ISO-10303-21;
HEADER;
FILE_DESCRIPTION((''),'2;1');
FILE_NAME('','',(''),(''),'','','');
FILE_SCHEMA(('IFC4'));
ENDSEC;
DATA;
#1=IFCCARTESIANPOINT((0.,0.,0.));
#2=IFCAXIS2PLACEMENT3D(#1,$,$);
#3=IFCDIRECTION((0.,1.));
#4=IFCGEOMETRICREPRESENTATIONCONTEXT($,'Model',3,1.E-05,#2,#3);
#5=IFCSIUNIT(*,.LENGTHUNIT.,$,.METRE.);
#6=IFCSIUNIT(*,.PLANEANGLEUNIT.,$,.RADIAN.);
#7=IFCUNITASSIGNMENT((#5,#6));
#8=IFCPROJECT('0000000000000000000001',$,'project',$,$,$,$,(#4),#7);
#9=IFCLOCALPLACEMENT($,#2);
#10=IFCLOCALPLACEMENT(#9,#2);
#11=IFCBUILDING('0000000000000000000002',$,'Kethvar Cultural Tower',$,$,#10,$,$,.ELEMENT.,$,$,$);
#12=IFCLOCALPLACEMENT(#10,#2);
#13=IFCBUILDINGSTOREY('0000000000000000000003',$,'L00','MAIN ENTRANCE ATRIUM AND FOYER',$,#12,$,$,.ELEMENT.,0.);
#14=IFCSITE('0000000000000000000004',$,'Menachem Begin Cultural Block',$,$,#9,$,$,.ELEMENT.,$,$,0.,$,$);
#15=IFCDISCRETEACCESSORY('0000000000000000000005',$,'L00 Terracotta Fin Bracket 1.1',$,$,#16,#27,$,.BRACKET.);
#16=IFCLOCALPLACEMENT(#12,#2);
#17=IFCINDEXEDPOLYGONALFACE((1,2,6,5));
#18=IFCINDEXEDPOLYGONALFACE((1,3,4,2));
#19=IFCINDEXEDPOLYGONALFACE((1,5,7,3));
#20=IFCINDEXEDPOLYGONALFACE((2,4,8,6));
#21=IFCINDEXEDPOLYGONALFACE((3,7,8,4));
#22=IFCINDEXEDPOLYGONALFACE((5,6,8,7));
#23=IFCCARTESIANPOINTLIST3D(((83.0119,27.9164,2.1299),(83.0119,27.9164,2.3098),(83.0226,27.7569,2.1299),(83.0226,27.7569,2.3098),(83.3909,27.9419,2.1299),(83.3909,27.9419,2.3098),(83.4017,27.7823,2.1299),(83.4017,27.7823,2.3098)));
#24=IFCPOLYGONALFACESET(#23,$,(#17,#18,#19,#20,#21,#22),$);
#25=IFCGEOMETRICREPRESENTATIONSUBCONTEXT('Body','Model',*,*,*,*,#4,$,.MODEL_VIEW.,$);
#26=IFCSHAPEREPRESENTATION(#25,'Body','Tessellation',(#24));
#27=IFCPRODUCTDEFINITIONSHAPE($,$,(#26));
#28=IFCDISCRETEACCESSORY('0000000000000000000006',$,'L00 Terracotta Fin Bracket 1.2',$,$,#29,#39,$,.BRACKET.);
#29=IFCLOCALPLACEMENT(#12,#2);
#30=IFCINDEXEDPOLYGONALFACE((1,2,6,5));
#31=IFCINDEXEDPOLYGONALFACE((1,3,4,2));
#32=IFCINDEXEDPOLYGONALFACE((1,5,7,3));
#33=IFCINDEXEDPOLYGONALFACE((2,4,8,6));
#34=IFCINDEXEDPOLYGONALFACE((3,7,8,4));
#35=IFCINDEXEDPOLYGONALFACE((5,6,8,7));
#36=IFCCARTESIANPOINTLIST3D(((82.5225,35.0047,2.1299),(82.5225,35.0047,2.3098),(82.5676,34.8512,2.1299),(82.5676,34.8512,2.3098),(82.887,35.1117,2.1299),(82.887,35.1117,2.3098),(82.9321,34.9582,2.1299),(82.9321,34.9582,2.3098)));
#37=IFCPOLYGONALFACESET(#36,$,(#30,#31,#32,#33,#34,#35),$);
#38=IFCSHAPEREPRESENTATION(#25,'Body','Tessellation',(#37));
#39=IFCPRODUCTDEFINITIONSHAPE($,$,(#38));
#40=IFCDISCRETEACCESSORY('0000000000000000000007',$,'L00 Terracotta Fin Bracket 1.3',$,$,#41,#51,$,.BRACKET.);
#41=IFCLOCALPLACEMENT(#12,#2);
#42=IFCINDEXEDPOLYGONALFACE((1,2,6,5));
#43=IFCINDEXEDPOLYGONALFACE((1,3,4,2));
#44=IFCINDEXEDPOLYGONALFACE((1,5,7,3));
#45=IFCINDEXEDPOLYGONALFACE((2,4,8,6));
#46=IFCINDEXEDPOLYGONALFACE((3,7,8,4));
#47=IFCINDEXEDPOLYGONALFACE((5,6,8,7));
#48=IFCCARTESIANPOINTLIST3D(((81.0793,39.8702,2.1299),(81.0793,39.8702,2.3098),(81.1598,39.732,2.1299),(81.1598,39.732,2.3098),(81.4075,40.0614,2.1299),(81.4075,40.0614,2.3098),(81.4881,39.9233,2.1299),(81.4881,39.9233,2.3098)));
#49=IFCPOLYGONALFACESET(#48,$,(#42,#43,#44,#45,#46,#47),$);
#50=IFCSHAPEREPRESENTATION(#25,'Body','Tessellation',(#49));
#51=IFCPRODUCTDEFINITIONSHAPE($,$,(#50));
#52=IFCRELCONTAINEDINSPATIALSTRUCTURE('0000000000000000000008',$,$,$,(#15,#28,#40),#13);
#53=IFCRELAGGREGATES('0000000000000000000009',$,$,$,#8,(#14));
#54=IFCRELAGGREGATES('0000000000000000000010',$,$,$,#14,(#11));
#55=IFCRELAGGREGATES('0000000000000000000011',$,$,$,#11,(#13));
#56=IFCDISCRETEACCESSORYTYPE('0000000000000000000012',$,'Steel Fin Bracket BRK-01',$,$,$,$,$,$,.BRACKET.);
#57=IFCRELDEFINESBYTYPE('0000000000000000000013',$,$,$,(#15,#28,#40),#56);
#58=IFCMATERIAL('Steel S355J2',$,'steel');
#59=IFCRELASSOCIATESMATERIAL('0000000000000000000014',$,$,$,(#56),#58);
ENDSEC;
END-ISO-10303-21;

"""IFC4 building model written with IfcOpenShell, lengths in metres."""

from ifc_helpers import new_model, si_unit, direction, frame, origin, origin_2d, place, context, subcontext, project, spatial, rectangle, extrude, source, transform, mapped, material, type_object, element, save


model = new_model("IFC4")

# Units and contexts
model_context = context("Model", 3, precision=1e-05, world=origin(), true_north=direction((0.0, 1.0)))
body_context = subcontext(model_context, "Body", "Model", "MODEL_VIEW")
ifc_project = project(units=[si_unit("LENGTHUNIT", "METRE"), si_unit("PLANEANGLEUNIT", "RADIAN")], contexts=[model_context])

# Site, building, storey
site_placement = place(None, origin())
site = spatial("IfcSite", under=ifc_project, at=site_placement, Name="Menachem Begin Cultural Block", CompositionType="ELEMENT", RefElevation=0.0)
building_placement = place(site_placement, origin())
building = spatial("IfcBuilding", under=site, at=building_placement, Name="Kethvar Cultural Tower", CompositionType="ELEMENT")
storey_placement = place(building_placement, origin())
storey = spatial("IfcBuildingStorey", under=building, at=storey_placement, Name="L00", Description="MAIN ENTRANCE ATRIUM AND FOYER", CompositionType="ELEMENT", Elevation=0.0)

# Shared definitions
ifc_material_1 = material(Name="Steel S355J2", Category="steel")

# Discrete accessories
discrete_accessory_type = type_object("IfcDiscreteAccessoryType", Name="Steel Fin Bracket BRK-01", PredefinedType="BRACKET", material=ifc_material_1)
shared_shape_1 = source(origin(), body_context, "Body", "SweptSolid", [
    extrude(rectangle(XDim=0.3799, YDim=0.1599, at=origin_2d()), origin(), (0.0, 0.0, 1.0), 0.1799),
])
for number, where, z_axis, x_axis, name in (
    (1, (83.2068, 27.8494, 2.1299), (0.0, 0.0, 1.0), (0.997755, 0.06697, 0.0), "L00 Terracotta Fin Bracket 1.1"),
    (2, (82.7273, 34.9814, 2.1299), (0.0, 0.0, 1.0), (0.959511, 0.281672, 0.0), "L00 Terracotta Fin Bracket 1.2"),
    (3, (81.2837, 39.8967, 2.1299), (0.0, 0.0, 1.0), (0.864011, 0.503472, 0.0), "L00 Terracotta Fin Bracket 1.3"),
):
    element("IfcDiscreteAccessory", number, at=place(storey_placement, frame(where, z_axis=z_axis, x_axis=x_axis)), inside=storey, type_object=discrete_accessory_type, Name=name, PredefinedType="BRACKET", context=body_context, shape_type="MappedRepresentation", body=[
        mapped(shared_shape_1, transform((0.0, 0.0, 0.0), scale=1.0)),
    ])

save(model, "model.ifc")
